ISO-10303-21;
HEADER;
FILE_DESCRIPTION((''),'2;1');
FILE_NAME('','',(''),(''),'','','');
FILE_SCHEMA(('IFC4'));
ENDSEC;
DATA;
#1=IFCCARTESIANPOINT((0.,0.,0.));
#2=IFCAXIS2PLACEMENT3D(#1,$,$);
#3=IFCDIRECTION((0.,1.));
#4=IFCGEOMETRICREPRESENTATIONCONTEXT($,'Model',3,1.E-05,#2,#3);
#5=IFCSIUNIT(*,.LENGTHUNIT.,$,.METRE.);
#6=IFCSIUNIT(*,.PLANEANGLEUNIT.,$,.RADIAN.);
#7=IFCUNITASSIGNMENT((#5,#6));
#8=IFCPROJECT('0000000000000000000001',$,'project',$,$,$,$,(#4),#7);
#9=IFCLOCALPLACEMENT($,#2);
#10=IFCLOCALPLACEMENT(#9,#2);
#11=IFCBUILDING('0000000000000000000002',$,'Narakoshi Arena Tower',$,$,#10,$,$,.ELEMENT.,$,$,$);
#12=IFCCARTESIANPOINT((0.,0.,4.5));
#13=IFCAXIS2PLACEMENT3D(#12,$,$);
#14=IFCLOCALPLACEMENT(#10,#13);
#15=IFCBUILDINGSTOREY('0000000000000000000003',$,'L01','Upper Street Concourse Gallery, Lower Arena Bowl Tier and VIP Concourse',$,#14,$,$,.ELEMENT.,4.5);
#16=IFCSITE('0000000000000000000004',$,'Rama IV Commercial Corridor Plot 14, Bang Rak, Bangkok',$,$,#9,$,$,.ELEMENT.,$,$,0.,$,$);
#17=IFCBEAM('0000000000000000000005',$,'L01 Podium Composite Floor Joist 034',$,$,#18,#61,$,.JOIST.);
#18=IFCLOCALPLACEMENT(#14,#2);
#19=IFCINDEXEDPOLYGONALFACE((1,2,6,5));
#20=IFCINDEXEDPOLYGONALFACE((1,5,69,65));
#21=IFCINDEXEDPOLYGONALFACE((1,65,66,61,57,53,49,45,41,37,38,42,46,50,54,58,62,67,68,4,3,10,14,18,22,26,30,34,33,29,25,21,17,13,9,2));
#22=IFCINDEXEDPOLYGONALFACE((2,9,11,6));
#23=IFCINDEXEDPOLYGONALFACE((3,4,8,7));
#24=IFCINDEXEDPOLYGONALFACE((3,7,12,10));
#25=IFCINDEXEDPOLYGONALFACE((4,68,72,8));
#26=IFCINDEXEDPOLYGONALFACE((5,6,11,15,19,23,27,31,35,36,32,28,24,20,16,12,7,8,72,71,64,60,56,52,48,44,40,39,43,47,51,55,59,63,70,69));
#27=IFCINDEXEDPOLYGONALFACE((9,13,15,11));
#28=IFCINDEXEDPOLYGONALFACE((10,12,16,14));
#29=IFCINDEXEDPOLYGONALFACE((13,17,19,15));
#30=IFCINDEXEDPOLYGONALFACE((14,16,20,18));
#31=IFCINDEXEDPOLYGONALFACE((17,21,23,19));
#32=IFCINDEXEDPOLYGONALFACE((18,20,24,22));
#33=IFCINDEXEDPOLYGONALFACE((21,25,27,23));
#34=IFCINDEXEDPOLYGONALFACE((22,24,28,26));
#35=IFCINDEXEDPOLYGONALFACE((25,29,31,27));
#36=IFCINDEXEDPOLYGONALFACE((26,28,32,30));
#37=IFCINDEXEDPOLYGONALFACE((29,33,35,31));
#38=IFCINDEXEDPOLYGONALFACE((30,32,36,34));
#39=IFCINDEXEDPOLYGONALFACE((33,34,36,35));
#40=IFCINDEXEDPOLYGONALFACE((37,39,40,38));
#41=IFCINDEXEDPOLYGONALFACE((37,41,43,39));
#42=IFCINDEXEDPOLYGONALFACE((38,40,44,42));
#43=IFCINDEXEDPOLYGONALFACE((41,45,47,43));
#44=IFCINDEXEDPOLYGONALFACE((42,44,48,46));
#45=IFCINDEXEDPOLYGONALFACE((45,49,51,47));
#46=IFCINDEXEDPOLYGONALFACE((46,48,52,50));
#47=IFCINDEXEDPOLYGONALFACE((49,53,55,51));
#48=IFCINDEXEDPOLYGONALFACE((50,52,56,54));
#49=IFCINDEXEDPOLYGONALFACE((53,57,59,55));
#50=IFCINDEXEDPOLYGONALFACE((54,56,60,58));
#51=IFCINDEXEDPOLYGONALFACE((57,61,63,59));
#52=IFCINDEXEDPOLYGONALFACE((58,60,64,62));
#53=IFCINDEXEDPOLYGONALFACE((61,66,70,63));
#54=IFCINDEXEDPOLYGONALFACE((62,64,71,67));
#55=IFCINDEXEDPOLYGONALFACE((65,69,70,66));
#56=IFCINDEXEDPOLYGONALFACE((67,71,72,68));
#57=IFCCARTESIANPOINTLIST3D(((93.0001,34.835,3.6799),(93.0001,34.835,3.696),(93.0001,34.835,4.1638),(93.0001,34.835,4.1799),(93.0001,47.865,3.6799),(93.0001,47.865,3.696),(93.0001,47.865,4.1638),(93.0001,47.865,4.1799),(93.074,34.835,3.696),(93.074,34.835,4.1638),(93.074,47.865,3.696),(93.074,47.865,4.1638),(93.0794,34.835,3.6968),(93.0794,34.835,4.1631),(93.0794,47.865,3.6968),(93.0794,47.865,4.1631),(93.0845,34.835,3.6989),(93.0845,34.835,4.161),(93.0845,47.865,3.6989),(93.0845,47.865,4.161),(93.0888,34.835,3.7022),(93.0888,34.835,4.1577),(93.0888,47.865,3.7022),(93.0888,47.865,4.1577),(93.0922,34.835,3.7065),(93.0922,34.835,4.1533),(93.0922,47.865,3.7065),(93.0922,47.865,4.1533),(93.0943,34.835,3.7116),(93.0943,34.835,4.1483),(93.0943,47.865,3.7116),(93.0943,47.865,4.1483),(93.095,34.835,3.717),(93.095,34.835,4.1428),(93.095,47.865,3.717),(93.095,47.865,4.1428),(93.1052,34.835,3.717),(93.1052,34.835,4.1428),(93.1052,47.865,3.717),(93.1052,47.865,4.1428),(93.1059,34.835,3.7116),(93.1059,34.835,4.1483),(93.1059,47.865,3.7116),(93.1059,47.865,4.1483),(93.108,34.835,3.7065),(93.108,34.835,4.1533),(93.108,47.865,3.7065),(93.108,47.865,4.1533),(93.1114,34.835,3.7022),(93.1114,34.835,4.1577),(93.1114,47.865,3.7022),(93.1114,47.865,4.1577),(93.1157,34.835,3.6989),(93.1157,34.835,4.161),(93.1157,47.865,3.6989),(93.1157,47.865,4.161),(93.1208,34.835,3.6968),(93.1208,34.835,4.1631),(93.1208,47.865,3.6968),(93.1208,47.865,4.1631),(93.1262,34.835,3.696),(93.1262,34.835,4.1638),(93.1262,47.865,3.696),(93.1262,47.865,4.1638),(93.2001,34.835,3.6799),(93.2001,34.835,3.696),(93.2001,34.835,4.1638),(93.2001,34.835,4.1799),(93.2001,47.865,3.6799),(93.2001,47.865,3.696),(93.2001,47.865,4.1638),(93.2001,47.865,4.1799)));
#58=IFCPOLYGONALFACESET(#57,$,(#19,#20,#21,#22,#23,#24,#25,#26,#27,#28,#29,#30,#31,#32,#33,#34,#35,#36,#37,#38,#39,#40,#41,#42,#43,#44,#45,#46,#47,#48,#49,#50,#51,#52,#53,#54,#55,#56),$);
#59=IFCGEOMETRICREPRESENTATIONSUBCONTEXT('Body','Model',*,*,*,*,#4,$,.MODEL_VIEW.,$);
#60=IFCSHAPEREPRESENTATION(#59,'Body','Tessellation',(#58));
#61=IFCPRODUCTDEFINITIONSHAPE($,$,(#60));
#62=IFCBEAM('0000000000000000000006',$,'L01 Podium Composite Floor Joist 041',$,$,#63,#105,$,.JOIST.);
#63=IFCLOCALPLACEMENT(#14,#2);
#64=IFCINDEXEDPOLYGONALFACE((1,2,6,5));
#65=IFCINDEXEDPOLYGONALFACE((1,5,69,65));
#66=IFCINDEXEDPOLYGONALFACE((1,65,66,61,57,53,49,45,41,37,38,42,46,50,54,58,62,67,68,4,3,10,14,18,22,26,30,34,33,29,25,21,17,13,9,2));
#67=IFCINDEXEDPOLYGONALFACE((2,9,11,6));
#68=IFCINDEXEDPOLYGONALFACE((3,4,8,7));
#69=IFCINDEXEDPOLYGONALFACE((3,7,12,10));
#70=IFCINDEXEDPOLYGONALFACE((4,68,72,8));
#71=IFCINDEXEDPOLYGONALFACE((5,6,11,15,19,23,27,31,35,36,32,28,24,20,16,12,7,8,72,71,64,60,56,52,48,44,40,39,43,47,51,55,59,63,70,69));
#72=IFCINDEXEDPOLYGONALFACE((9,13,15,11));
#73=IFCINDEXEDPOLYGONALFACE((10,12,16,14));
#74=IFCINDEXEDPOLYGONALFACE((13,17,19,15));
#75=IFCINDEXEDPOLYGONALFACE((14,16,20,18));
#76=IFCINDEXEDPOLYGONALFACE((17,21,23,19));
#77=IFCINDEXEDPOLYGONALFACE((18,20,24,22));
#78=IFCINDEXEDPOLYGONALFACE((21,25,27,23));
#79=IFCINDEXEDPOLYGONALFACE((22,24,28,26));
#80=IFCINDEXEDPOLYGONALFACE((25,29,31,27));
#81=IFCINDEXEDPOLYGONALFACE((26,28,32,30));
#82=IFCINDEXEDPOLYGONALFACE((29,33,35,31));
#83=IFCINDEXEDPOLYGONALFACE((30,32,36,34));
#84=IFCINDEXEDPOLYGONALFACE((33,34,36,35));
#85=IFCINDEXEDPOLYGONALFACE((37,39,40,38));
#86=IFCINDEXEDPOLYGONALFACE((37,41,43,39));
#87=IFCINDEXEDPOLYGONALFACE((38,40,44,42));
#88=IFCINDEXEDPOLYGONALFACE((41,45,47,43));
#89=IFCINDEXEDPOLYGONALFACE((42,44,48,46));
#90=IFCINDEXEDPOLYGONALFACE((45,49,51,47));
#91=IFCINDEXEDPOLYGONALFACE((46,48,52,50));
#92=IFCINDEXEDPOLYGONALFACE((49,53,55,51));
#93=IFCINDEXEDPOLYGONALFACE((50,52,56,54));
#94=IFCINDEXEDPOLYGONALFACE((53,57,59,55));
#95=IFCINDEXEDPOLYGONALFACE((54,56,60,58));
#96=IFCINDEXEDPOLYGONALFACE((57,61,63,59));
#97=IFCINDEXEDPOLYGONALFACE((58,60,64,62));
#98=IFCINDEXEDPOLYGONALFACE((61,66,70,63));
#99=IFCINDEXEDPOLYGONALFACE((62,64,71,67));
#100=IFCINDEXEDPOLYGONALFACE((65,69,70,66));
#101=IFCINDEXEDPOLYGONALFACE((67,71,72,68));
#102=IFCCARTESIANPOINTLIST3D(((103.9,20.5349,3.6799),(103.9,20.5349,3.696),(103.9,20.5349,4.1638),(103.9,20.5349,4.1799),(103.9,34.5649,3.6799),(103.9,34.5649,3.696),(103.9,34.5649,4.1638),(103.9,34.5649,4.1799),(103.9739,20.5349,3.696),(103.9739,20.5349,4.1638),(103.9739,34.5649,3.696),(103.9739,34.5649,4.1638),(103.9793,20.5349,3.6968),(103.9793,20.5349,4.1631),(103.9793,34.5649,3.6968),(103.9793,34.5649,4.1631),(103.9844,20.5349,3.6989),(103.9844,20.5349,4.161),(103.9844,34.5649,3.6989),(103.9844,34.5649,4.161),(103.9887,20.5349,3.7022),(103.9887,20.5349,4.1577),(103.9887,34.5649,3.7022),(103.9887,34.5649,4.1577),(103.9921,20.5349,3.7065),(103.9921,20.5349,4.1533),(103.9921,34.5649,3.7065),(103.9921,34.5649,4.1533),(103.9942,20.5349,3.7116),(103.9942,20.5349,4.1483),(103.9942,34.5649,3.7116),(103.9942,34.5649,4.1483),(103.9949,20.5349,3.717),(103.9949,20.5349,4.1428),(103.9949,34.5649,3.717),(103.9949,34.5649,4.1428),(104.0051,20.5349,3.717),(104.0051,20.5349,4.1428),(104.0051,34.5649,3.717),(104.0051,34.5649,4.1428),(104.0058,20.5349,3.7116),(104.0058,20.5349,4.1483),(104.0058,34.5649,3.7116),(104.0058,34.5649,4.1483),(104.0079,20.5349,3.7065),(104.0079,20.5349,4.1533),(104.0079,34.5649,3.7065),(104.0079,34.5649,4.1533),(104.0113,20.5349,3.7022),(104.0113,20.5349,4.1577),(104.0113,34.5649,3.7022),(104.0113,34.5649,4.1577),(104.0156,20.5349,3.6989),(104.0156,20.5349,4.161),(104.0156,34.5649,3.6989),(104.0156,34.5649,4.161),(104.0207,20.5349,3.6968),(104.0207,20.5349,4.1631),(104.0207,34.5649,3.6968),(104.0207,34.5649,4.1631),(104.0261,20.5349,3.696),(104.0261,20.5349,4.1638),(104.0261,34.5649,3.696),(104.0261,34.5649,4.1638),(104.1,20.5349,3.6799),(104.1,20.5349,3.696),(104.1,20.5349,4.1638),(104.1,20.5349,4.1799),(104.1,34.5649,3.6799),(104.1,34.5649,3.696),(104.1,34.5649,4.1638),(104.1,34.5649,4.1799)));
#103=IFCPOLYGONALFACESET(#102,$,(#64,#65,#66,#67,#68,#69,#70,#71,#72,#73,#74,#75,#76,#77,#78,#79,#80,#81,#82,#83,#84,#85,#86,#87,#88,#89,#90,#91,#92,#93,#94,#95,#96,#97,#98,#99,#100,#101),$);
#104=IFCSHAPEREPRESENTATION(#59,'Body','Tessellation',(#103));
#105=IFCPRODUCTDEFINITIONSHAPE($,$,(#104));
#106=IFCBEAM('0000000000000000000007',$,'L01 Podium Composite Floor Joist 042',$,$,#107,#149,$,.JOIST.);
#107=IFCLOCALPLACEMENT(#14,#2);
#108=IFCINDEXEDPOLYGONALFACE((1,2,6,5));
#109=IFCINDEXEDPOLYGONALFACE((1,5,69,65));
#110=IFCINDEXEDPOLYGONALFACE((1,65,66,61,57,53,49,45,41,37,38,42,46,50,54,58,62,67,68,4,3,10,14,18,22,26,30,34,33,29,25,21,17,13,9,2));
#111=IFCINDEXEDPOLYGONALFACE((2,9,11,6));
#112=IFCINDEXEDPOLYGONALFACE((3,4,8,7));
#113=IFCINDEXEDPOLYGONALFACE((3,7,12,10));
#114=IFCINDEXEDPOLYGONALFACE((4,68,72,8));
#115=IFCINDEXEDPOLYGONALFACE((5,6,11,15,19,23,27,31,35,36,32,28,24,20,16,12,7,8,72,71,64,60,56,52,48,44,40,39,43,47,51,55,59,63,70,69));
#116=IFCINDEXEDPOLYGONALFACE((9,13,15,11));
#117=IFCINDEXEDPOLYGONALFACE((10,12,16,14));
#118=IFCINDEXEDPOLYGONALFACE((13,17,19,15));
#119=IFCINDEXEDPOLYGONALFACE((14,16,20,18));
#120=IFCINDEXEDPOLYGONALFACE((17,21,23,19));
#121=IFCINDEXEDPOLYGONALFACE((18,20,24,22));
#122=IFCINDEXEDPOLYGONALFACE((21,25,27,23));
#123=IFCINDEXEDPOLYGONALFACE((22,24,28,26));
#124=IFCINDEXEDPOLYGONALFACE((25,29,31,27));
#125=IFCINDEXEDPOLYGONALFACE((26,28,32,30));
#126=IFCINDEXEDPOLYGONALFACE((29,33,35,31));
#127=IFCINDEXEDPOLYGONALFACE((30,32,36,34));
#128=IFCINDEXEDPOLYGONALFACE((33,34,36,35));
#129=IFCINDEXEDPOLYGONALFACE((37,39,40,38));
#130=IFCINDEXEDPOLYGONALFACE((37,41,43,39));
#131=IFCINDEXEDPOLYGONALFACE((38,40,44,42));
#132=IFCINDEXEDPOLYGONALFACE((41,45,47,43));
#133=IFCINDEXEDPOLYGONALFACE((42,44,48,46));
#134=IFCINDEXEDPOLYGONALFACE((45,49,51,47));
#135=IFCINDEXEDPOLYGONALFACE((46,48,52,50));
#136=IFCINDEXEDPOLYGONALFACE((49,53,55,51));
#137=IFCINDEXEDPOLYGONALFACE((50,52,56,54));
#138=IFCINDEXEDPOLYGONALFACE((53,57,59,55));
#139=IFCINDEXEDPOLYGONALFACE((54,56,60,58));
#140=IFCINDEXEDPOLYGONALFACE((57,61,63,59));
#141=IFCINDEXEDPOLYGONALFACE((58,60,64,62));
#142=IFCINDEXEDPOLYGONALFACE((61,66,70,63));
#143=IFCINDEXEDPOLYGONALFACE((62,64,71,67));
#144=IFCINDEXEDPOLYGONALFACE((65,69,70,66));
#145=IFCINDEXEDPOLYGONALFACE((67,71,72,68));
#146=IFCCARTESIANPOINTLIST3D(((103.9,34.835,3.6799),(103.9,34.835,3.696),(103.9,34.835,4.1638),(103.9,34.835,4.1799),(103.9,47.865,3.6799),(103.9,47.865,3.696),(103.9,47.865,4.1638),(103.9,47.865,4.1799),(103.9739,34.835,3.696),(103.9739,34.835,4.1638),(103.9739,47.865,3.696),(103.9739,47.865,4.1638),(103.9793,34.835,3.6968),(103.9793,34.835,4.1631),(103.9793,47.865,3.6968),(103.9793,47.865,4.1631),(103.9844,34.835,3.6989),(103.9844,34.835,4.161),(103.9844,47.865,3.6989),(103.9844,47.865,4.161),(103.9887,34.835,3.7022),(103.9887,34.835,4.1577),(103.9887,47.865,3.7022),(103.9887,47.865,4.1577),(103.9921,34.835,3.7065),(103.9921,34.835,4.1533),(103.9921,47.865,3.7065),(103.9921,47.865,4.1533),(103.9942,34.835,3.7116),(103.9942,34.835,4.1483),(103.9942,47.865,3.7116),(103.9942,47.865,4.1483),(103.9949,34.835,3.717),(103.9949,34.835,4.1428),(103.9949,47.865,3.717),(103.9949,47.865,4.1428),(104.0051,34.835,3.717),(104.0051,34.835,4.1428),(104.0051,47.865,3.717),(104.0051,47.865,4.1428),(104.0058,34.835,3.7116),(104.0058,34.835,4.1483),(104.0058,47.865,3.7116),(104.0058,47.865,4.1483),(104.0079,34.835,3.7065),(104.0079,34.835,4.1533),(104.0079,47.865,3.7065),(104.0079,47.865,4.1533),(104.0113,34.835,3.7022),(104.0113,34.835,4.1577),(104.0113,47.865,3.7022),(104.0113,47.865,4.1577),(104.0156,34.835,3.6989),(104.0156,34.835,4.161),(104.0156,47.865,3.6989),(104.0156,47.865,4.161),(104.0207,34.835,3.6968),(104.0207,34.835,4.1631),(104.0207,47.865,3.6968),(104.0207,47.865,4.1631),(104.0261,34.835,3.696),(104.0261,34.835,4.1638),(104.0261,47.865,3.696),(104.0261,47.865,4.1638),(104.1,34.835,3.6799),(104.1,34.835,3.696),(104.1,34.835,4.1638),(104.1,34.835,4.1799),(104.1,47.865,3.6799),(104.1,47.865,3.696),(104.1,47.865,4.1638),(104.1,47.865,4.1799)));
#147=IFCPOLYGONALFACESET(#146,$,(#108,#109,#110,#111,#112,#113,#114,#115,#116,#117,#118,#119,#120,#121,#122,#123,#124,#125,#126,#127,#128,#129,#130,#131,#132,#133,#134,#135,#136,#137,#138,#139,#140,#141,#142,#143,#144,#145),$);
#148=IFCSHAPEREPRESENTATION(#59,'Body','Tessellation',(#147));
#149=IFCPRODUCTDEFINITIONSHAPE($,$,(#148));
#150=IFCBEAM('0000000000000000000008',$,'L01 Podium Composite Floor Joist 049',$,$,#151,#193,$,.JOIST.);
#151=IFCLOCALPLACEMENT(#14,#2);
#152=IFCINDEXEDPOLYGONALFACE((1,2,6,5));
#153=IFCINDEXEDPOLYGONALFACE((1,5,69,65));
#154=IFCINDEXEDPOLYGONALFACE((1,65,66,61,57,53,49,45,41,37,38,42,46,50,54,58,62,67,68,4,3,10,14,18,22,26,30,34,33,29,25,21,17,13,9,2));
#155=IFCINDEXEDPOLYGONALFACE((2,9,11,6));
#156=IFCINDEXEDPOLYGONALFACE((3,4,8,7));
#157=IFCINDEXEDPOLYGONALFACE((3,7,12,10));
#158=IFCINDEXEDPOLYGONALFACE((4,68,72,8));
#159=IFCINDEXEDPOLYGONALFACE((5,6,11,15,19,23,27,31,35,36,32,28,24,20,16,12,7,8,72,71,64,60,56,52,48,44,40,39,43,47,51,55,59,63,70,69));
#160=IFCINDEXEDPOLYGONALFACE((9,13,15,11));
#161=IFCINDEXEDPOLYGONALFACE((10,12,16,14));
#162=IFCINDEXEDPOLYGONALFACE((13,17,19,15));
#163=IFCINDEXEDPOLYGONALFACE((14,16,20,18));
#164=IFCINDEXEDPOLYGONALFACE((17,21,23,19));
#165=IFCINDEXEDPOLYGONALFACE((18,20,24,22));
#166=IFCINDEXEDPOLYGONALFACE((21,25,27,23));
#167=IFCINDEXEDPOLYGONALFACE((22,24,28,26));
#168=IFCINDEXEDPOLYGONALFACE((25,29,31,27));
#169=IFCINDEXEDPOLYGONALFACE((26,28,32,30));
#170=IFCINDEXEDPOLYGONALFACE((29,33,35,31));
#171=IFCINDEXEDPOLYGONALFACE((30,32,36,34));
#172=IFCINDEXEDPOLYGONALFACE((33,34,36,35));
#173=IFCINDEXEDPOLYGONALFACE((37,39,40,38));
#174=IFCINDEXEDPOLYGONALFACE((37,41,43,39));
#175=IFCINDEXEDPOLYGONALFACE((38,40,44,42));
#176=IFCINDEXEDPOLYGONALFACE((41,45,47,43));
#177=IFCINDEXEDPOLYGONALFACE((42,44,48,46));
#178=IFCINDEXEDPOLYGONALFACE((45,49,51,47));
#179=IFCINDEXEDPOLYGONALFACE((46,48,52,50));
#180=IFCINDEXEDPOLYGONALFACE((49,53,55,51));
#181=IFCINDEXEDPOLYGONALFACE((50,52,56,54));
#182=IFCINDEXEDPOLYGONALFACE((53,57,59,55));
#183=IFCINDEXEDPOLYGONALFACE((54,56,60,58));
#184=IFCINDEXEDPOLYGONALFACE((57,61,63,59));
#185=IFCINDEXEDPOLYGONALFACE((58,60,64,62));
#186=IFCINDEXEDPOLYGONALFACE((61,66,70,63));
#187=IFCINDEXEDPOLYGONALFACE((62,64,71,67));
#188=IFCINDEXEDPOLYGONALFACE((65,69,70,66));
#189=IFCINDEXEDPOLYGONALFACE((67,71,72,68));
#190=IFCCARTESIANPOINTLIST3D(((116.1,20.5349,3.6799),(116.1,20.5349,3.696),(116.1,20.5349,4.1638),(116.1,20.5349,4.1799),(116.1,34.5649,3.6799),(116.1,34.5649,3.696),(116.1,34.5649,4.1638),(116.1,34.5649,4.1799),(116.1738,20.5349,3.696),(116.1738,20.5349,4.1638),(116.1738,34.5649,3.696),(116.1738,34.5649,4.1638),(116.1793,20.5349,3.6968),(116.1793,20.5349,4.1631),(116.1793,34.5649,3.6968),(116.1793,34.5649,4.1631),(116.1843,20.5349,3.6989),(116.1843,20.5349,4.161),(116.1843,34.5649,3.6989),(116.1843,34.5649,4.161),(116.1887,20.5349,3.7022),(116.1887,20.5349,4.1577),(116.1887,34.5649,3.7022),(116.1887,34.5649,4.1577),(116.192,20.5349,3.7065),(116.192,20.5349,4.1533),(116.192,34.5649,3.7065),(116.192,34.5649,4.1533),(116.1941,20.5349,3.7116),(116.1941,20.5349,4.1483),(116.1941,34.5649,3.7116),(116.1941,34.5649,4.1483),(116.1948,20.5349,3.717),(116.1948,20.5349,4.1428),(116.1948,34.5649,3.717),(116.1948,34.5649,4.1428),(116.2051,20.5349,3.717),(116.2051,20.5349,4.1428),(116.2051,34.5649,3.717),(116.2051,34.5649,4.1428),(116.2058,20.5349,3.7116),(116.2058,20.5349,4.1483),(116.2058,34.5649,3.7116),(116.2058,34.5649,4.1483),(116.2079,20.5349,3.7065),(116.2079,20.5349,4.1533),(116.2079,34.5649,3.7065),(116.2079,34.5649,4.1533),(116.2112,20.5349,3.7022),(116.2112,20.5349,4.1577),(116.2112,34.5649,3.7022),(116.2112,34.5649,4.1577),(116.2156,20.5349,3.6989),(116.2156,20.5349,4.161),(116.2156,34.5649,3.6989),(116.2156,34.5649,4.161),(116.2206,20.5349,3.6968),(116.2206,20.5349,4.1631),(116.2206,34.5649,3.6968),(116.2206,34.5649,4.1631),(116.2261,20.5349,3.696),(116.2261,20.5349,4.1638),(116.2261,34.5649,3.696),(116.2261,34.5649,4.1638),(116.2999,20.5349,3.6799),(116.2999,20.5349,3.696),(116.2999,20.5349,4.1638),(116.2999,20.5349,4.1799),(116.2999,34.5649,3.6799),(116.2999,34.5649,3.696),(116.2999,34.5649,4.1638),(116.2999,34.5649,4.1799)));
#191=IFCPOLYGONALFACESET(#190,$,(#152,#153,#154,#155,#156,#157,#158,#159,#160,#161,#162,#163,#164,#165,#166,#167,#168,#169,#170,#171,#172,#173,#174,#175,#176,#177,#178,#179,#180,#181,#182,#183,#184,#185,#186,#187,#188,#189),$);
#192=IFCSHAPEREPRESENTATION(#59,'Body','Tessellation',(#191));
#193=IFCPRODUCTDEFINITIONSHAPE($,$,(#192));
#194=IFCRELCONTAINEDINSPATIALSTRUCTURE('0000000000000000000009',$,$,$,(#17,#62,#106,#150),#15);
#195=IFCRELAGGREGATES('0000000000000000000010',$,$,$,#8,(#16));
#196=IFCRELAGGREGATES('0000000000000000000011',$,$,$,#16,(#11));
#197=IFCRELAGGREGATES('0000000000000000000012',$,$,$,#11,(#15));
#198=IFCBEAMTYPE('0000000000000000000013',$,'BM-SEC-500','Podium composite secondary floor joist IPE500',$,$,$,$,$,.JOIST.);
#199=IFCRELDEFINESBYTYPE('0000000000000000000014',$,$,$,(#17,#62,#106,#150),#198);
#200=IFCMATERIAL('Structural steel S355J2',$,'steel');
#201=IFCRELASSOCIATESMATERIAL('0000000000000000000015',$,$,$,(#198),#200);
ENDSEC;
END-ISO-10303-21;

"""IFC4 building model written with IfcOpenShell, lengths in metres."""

from ifc_helpers import new_model, si_unit, direction, frame, origin, origin_2d, place, context, subcontext, project, spatial, i_section, extrude, material, material_profile, profile_set, type_object, element, save


model = new_model("IFC4")

# Units and contexts
model_context = context("Model", 3, precision=1e-05, world=origin(), true_north=direction((0.0, 1.0)))
body_context = subcontext(model_context, "Body", "Model", "MODEL_VIEW")
ifc_project = project(units=[si_unit("LENGTHUNIT", "METRE"), si_unit("PLANEANGLEUNIT", "RADIAN")], contexts=[model_context])

# Site, building, storey
site_placement = place(None, origin())
site = spatial("IfcSite", under=ifc_project, at=site_placement, Name="Rama IV Commercial Corridor Plot 14, Bang Rak, Bangkok", CompositionType="ELEMENT", RefElevation=0.0)
building_placement = place(site_placement, origin())
building = spatial("IfcBuilding", under=site, at=building_placement, Name="Narakoshi Arena Tower", CompositionType="ELEMENT")
storey_placement = place(building_placement, frame((0.0, 0.0, 4.5)))
storey = spatial("IfcBuildingStorey", under=building, at=storey_placement, Name="L01", Description="Upper Street Concourse Gallery, Lower Arena Bowl Tier and VIP Concourse", CompositionType="ELEMENT", Elevation=4.5)

# Beams
ifc_material_1 = material(Name="Structural steel S355J2", Category="steel")
ifc_material_profile_1 = material_profile(ifc_material_1, i_section(OverallWidth=0.2, OverallDepth=0.5, WebThickness=0.0103, FlangeThickness=0.0161, FilletRadius=0.021, at=origin_2d()), Name="IPE500")
ifc_profile_set_1 = profile_set([ifc_material_profile_1], Name="Structural steel S355J2")
beam_type_1 = type_object("IfcBeamType", Name="BM-SEC-500", Description="Podium composite secondary floor joist IPE500", PredefinedType="JOIST", material=ifc_profile_set_1)
beam_1_placement = place(storey_placement, frame((93.1001, 34.835, 3.9299), z_axis=(0.0, 1.0, 0.0), x_axis=(-1.0, 0.0, 0.0)))
element("IfcBeam", 1, at=beam_1_placement, inside=storey, type_object=beam_type_1, Name="L01 Podium Composite Floor Joist 034", PredefinedType="JOIST", context=body_context, shape_type="SweptSolid", body=[
    extrude(i_section(OverallWidth=0.2, OverallDepth=0.5, WebThickness=0.0103, FlangeThickness=0.0161, FilletRadius=0.021, at=origin_2d()), origin(), (0.0, 0.0, 1.0), 13.03),
])
beam_2_placement = place(storey_placement, frame((104.0, 20.5349, 3.9299), z_axis=(0.0, 1.0, 0.0), x_axis=(-1.0, 0.0, 0.0)))
element("IfcBeam", 2, at=beam_2_placement, inside=storey, type_object=beam_type_1, Name="L01 Podium Composite Floor Joist 041", PredefinedType="JOIST", context=body_context, shape_type="SweptSolid", body=[
    extrude(i_section(OverallWidth=0.2, OverallDepth=0.5, WebThickness=0.0103, FlangeThickness=0.0161, FilletRadius=0.021, at=origin_2d()), origin(), (0.0, 0.0, 1.0), 14.03),
])
beam_3_placement = place(storey_placement, frame((104.0, 34.835, 3.9299), z_axis=(0.0, 1.0, 0.0), x_axis=(-1.0, 0.0, 0.0)))
element("IfcBeam", 3, at=beam_3_placement, inside=storey, type_object=beam_type_1, Name="L01 Podium Composite Floor Joist 042", PredefinedType="JOIST", context=body_context, shape_type="SweptSolid", body=[
    extrude(i_section(OverallWidth=0.2, OverallDepth=0.5, WebThickness=0.0103, FlangeThickness=0.0161, FilletRadius=0.021, at=origin_2d()), origin(), (0.0, 0.0, 1.0), 13.03),
])
beam_4_placement = place(storey_placement, frame((116.2, 20.5349, 3.9299), z_axis=(0.0, 1.0, 0.0), x_axis=(-1.0, 0.0, 0.0)))
element("IfcBeam", 4, at=beam_4_placement, inside=storey, type_object=beam_type_1, Name="L01 Podium Composite Floor Joist 049", PredefinedType="JOIST", context=body_context, shape_type="SweptSolid", body=[
    extrude(i_section(OverallWidth=0.2, OverallDepth=0.5, WebThickness=0.0103, FlangeThickness=0.0161, FilletRadius=0.021, at=origin_2d()), origin(), (0.0, 0.0, 1.0), 14.03),
])

save(model, "model.ifc")
